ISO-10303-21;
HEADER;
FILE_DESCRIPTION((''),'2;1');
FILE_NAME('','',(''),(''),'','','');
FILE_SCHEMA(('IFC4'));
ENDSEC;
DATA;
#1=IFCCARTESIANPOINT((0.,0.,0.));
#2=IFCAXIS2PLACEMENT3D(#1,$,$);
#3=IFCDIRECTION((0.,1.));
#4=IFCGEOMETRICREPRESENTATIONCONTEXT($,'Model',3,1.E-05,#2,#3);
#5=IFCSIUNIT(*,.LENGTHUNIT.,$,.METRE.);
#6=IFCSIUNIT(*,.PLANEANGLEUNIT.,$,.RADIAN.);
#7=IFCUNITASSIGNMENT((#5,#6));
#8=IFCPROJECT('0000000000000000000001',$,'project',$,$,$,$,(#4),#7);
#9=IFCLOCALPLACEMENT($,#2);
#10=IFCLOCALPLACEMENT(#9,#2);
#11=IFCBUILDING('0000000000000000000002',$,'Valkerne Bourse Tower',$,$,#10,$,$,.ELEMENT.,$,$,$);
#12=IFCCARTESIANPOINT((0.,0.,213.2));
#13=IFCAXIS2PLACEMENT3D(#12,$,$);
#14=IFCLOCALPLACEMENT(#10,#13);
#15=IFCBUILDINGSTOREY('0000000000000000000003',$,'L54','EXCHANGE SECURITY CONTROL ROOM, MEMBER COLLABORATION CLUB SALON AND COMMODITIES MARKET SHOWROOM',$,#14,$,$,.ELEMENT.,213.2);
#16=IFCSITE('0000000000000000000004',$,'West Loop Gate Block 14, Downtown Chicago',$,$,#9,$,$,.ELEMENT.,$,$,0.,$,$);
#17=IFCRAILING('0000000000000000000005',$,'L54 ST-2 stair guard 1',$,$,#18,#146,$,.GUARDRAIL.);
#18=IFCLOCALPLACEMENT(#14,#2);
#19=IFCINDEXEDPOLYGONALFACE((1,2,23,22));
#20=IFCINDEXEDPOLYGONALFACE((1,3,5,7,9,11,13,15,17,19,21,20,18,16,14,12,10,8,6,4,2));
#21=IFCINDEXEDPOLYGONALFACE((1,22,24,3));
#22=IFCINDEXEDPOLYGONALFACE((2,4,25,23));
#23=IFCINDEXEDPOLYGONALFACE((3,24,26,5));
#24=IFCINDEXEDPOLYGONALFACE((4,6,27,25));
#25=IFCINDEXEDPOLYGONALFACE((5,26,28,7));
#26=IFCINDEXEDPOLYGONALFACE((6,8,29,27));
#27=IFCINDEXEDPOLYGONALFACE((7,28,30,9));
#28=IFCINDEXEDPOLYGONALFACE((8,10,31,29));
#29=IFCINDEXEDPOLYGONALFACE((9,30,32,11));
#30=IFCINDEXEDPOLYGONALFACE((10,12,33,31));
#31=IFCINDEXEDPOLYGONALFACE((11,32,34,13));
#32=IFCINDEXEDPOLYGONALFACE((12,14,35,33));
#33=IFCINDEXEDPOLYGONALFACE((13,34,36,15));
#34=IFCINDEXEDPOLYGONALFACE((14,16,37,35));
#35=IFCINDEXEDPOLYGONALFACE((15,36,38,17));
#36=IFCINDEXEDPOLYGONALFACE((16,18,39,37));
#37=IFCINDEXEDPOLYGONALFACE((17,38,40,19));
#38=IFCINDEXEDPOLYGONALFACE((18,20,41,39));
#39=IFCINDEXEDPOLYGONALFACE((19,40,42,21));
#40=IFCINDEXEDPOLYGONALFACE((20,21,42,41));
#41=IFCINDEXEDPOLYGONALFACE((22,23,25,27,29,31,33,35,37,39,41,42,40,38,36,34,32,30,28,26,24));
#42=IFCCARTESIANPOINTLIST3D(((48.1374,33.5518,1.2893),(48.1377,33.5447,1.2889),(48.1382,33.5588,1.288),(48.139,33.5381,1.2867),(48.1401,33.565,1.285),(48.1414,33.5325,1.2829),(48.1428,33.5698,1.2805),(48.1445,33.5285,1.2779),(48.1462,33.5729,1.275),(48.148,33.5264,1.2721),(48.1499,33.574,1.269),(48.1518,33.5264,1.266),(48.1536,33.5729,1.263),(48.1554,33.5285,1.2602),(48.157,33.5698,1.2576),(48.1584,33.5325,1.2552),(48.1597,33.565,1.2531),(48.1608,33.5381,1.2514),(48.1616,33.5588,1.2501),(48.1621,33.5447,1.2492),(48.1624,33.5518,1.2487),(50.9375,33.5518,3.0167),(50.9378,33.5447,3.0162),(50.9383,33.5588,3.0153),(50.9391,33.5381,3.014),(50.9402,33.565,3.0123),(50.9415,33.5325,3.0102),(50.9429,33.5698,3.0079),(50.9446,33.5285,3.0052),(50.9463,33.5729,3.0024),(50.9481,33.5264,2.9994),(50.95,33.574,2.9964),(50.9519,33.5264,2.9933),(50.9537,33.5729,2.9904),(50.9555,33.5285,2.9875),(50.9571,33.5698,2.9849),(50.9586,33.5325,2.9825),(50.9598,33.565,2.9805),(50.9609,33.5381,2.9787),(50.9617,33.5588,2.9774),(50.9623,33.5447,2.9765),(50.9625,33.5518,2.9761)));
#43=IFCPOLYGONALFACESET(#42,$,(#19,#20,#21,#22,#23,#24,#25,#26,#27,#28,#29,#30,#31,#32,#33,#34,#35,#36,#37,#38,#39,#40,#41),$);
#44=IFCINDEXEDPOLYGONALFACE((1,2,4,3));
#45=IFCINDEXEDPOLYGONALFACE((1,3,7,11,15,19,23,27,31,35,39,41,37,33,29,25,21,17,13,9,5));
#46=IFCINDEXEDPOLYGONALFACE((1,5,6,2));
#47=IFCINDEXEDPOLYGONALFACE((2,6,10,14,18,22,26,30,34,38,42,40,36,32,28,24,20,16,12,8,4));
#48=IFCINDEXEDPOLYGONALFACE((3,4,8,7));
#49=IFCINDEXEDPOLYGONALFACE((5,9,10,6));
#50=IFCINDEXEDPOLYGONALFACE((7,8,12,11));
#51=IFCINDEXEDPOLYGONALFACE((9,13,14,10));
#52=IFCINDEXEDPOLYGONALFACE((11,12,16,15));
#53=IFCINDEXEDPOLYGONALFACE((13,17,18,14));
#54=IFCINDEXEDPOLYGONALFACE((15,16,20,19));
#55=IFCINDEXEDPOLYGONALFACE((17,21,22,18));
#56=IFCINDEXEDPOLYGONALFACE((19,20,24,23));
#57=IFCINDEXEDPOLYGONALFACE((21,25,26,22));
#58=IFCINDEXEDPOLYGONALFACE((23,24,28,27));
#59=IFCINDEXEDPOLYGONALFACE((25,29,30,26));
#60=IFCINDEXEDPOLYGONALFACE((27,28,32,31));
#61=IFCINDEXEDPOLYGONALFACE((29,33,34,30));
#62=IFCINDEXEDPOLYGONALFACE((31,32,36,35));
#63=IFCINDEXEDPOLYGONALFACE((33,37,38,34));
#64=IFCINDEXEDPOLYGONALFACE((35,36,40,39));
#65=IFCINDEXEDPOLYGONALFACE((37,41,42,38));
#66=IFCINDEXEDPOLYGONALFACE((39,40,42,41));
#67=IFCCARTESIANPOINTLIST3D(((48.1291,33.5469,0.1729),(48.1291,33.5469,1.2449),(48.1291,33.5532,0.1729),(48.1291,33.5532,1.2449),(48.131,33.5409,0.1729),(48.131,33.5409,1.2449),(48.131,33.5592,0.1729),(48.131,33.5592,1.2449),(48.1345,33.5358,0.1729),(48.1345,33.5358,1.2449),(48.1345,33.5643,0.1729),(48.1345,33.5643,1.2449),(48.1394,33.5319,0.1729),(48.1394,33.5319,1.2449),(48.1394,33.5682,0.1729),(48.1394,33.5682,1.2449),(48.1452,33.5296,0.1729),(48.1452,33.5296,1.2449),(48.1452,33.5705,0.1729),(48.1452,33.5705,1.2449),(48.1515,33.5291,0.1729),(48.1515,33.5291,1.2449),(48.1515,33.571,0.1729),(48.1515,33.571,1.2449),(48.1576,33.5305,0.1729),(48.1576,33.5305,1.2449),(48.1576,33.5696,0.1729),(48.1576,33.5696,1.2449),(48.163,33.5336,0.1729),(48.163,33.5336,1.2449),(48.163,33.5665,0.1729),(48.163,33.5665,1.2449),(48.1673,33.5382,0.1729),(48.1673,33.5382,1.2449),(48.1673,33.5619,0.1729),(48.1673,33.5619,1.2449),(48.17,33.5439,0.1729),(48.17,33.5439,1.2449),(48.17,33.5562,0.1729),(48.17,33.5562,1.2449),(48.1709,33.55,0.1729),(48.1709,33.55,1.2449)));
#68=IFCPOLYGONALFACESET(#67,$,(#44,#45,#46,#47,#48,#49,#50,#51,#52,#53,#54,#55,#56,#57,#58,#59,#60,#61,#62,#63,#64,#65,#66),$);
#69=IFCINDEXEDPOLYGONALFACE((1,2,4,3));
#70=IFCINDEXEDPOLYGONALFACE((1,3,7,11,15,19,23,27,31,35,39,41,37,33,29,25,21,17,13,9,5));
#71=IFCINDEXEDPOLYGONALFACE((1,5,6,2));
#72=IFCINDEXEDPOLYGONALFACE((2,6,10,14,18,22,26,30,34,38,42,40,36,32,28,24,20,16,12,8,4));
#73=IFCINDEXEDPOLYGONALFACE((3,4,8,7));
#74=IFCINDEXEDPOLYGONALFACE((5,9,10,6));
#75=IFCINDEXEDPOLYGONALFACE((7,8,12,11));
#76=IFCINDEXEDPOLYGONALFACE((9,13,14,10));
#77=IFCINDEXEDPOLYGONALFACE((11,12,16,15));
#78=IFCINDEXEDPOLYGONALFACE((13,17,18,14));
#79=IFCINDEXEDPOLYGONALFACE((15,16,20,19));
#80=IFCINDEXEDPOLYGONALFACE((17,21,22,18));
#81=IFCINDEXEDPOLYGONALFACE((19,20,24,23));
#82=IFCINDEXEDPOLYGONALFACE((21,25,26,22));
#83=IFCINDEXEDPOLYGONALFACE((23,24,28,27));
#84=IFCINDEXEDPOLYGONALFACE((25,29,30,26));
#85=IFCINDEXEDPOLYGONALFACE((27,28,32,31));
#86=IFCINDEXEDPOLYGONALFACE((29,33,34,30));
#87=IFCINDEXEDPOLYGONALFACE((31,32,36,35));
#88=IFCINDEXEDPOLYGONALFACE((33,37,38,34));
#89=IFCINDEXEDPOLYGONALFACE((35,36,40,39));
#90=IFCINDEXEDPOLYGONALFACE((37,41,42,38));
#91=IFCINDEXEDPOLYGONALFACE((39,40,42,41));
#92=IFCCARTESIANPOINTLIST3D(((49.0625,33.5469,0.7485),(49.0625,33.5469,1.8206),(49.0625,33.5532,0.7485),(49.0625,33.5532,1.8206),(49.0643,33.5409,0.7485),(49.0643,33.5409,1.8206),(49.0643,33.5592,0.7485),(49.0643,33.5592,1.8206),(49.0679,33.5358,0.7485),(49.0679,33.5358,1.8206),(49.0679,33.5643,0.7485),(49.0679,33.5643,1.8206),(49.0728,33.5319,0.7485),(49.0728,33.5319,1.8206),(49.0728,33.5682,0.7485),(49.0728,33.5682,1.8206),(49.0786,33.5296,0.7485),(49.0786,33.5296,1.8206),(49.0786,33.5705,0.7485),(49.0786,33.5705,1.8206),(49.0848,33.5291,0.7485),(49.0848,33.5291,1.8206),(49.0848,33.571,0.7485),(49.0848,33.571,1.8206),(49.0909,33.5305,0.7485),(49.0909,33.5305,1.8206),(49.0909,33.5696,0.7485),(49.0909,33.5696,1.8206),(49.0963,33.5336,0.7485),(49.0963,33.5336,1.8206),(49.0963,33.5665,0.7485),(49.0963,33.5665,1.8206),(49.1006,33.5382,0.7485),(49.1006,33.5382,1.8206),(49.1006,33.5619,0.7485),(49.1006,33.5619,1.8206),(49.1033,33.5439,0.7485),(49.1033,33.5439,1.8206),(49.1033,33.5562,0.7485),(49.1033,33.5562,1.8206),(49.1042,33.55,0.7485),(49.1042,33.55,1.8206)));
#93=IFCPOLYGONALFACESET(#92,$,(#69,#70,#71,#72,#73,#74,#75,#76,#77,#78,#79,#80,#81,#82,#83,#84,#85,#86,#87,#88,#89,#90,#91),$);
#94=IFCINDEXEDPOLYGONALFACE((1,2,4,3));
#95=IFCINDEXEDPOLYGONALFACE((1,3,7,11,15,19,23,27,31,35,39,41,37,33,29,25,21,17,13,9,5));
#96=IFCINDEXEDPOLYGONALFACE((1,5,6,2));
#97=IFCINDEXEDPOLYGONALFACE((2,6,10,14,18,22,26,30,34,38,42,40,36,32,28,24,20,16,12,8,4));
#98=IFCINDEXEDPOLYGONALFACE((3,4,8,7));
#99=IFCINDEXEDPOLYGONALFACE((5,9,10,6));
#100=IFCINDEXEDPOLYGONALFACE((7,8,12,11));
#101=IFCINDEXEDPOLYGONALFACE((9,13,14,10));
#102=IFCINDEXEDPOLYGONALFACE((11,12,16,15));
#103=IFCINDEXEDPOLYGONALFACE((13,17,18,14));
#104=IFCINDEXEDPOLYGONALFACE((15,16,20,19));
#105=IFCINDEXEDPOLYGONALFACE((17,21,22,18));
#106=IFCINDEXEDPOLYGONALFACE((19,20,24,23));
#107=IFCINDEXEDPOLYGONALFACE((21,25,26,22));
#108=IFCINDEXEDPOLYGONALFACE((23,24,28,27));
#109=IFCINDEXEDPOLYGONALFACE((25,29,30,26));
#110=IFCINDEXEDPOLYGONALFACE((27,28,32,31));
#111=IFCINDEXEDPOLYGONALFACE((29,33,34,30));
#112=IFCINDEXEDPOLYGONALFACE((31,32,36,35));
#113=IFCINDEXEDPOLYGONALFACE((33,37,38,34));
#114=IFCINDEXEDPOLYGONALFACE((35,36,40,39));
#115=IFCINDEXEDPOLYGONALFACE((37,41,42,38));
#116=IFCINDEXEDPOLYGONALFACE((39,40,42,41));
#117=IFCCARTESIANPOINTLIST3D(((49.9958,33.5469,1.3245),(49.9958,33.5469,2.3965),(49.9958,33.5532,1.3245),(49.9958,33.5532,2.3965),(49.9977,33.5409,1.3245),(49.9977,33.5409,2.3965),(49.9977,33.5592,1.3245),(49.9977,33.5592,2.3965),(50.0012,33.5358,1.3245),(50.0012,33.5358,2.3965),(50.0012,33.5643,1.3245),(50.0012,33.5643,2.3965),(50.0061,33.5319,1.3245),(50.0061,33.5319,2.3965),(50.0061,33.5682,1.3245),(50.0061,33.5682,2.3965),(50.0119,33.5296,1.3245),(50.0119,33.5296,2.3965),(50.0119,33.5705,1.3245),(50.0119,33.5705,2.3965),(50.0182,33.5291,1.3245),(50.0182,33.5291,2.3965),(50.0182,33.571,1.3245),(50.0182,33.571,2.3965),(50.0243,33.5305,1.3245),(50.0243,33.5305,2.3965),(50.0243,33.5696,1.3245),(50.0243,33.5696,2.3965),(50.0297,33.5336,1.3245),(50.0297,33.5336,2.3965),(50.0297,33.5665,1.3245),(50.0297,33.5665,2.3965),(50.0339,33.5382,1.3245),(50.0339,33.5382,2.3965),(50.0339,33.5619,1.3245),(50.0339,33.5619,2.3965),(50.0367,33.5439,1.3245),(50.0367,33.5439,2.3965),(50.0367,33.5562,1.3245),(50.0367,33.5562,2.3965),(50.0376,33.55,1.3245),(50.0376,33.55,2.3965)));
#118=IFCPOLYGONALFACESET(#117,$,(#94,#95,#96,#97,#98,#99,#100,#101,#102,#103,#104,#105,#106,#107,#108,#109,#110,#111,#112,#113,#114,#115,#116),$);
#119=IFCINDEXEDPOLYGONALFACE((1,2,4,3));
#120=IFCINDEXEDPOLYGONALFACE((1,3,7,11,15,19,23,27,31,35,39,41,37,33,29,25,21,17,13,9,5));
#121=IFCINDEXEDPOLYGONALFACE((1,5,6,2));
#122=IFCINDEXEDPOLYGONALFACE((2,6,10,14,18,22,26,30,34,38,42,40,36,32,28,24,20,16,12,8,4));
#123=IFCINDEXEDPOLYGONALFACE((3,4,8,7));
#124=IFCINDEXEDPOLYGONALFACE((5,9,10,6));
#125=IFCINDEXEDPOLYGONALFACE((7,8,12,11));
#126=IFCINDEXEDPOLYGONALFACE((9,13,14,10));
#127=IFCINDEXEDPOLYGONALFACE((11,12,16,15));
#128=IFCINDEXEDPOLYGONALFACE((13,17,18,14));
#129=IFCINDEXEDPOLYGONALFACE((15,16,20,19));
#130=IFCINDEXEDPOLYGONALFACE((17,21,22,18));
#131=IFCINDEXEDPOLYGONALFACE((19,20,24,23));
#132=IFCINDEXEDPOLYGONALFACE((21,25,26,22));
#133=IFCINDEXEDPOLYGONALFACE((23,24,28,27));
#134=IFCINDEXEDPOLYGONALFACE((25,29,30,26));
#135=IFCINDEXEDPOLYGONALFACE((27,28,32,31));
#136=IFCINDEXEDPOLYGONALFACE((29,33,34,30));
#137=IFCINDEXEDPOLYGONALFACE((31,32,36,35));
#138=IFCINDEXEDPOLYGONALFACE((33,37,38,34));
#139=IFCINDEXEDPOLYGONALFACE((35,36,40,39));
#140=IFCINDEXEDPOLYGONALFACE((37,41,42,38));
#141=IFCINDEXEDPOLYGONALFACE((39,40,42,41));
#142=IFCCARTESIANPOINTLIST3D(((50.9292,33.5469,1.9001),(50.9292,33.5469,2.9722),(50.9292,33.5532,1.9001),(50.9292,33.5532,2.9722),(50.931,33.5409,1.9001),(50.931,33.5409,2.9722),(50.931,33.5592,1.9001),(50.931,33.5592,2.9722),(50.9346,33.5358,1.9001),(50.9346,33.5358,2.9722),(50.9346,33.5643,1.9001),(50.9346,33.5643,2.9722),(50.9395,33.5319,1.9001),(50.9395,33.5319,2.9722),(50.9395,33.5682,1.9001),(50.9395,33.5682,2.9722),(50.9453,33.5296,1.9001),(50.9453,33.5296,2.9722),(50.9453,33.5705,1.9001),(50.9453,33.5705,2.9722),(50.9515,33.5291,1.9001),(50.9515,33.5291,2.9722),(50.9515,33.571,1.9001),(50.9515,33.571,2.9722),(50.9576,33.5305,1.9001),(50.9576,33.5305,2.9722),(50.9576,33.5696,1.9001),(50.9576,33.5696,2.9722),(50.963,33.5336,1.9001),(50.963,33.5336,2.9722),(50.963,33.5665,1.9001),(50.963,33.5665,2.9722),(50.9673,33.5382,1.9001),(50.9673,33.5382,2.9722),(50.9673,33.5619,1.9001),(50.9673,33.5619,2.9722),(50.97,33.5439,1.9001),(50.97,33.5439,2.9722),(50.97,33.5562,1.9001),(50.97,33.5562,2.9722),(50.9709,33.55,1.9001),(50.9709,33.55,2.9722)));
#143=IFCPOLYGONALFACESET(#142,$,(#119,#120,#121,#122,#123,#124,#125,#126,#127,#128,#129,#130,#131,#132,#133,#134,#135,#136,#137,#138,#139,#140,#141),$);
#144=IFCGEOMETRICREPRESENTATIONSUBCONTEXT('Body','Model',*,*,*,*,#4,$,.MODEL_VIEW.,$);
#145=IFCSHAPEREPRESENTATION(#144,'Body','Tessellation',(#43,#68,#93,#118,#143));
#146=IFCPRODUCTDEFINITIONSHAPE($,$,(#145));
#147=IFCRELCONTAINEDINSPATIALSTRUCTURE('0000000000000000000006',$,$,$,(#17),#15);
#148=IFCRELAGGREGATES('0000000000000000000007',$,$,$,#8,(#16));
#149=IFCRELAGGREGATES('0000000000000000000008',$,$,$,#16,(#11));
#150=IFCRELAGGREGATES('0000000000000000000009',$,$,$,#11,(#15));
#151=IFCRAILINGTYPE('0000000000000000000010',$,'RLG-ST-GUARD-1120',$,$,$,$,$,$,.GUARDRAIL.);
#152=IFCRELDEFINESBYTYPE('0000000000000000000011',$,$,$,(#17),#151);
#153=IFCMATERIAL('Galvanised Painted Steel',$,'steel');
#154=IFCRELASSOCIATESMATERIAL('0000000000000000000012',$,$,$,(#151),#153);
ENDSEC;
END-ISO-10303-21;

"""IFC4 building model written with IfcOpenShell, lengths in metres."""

from ifc_helpers import new_model, si_unit, direction, frame, origin, origin_2d, place, context, subcontext, project, spatial, circle, extrude, material, type_object, element, save


model = new_model("IFC4")

# Units and contexts
model_context = context("Model", 3, precision=1e-05, world=origin(), true_north=direction((0.0, 1.0)))
body_context = subcontext(model_context, "Body", "Model", "MODEL_VIEW")
ifc_project = project(units=[si_unit("LENGTHUNIT", "METRE"), si_unit("PLANEANGLEUNIT", "RADIAN")], contexts=[model_context])

# Site, building, storey
site_placement = place(None, origin())
site = spatial("IfcSite", under=ifc_project, at=site_placement, Name="West Loop Gate Block 14, Downtown Chicago", CompositionType="ELEMENT", RefElevation=0.0)
building_placement = place(site_placement, origin())
building = spatial("IfcBuilding", under=site, at=building_placement, Name="Valkerne Bourse Tower", CompositionType="ELEMENT")
storey_placement = place(building_placement, frame((0.0, 0.0, 213.2)))
storey = spatial("IfcBuildingStorey", under=building, at=storey_placement, Name="L54", Description="EXCHANGE SECURITY CONTROL ROOM, MEMBER COLLABORATION CLUB SALON AND COMMODITIES MARKET SHOWROOM", CompositionType="ELEMENT", Elevation=213.2)

# Shared definitions
ifc_material_1 = material(Name="Galvanised Painted Steel", Category="steel")

# Railing
railing_type_1 = type_object("IfcRailingType", Name="RLG-ST-GUARD-1120", PredefinedType="GUARDRAIL", material=ifc_material_1)
railing_1_placement = place(storey_placement, frame((48.1499, 33.55, 0.1729)))
element("IfcRailing", 1, at=railing_1_placement, inside=storey, type_object=railing_type_1, Name="L54 ST-2 stair guard 1", PredefinedType="GUARDRAIL", context=body_context, shape_type="SweptSolid", body=[
    extrude(circle(Radius=0.0239, at=origin_2d()), frame((0.0, 0.0, 1.0962), z_axis=(0.85109, 0.0, 0.52502), x_axis=(0.0, 1.0, 0.0)), (0.0, 0.0, 1.0), 3.29),
    extrude(circle(Radius=0.021, at=origin_2d()), origin(), (0.0, 0.0, 1.0), 1.072),
    extrude(circle(Radius=0.021, at=origin_2d()), frame((0.9333, 0.0, 0.5757)), (0.0, 0.0, 1.0), 1.072),
    extrude(circle(Radius=0.021, at=origin_2d()), frame((1.8667, 0.0, 1.1516)), (0.0, 0.0, 1.0), 1.072),
    extrude(circle(Radius=0.021, at=origin_2d()), frame((2.8, 0.0, 1.7273)), (0.0, 0.0, 1.0), 1.072),
])

save(model, "model.ifc")
